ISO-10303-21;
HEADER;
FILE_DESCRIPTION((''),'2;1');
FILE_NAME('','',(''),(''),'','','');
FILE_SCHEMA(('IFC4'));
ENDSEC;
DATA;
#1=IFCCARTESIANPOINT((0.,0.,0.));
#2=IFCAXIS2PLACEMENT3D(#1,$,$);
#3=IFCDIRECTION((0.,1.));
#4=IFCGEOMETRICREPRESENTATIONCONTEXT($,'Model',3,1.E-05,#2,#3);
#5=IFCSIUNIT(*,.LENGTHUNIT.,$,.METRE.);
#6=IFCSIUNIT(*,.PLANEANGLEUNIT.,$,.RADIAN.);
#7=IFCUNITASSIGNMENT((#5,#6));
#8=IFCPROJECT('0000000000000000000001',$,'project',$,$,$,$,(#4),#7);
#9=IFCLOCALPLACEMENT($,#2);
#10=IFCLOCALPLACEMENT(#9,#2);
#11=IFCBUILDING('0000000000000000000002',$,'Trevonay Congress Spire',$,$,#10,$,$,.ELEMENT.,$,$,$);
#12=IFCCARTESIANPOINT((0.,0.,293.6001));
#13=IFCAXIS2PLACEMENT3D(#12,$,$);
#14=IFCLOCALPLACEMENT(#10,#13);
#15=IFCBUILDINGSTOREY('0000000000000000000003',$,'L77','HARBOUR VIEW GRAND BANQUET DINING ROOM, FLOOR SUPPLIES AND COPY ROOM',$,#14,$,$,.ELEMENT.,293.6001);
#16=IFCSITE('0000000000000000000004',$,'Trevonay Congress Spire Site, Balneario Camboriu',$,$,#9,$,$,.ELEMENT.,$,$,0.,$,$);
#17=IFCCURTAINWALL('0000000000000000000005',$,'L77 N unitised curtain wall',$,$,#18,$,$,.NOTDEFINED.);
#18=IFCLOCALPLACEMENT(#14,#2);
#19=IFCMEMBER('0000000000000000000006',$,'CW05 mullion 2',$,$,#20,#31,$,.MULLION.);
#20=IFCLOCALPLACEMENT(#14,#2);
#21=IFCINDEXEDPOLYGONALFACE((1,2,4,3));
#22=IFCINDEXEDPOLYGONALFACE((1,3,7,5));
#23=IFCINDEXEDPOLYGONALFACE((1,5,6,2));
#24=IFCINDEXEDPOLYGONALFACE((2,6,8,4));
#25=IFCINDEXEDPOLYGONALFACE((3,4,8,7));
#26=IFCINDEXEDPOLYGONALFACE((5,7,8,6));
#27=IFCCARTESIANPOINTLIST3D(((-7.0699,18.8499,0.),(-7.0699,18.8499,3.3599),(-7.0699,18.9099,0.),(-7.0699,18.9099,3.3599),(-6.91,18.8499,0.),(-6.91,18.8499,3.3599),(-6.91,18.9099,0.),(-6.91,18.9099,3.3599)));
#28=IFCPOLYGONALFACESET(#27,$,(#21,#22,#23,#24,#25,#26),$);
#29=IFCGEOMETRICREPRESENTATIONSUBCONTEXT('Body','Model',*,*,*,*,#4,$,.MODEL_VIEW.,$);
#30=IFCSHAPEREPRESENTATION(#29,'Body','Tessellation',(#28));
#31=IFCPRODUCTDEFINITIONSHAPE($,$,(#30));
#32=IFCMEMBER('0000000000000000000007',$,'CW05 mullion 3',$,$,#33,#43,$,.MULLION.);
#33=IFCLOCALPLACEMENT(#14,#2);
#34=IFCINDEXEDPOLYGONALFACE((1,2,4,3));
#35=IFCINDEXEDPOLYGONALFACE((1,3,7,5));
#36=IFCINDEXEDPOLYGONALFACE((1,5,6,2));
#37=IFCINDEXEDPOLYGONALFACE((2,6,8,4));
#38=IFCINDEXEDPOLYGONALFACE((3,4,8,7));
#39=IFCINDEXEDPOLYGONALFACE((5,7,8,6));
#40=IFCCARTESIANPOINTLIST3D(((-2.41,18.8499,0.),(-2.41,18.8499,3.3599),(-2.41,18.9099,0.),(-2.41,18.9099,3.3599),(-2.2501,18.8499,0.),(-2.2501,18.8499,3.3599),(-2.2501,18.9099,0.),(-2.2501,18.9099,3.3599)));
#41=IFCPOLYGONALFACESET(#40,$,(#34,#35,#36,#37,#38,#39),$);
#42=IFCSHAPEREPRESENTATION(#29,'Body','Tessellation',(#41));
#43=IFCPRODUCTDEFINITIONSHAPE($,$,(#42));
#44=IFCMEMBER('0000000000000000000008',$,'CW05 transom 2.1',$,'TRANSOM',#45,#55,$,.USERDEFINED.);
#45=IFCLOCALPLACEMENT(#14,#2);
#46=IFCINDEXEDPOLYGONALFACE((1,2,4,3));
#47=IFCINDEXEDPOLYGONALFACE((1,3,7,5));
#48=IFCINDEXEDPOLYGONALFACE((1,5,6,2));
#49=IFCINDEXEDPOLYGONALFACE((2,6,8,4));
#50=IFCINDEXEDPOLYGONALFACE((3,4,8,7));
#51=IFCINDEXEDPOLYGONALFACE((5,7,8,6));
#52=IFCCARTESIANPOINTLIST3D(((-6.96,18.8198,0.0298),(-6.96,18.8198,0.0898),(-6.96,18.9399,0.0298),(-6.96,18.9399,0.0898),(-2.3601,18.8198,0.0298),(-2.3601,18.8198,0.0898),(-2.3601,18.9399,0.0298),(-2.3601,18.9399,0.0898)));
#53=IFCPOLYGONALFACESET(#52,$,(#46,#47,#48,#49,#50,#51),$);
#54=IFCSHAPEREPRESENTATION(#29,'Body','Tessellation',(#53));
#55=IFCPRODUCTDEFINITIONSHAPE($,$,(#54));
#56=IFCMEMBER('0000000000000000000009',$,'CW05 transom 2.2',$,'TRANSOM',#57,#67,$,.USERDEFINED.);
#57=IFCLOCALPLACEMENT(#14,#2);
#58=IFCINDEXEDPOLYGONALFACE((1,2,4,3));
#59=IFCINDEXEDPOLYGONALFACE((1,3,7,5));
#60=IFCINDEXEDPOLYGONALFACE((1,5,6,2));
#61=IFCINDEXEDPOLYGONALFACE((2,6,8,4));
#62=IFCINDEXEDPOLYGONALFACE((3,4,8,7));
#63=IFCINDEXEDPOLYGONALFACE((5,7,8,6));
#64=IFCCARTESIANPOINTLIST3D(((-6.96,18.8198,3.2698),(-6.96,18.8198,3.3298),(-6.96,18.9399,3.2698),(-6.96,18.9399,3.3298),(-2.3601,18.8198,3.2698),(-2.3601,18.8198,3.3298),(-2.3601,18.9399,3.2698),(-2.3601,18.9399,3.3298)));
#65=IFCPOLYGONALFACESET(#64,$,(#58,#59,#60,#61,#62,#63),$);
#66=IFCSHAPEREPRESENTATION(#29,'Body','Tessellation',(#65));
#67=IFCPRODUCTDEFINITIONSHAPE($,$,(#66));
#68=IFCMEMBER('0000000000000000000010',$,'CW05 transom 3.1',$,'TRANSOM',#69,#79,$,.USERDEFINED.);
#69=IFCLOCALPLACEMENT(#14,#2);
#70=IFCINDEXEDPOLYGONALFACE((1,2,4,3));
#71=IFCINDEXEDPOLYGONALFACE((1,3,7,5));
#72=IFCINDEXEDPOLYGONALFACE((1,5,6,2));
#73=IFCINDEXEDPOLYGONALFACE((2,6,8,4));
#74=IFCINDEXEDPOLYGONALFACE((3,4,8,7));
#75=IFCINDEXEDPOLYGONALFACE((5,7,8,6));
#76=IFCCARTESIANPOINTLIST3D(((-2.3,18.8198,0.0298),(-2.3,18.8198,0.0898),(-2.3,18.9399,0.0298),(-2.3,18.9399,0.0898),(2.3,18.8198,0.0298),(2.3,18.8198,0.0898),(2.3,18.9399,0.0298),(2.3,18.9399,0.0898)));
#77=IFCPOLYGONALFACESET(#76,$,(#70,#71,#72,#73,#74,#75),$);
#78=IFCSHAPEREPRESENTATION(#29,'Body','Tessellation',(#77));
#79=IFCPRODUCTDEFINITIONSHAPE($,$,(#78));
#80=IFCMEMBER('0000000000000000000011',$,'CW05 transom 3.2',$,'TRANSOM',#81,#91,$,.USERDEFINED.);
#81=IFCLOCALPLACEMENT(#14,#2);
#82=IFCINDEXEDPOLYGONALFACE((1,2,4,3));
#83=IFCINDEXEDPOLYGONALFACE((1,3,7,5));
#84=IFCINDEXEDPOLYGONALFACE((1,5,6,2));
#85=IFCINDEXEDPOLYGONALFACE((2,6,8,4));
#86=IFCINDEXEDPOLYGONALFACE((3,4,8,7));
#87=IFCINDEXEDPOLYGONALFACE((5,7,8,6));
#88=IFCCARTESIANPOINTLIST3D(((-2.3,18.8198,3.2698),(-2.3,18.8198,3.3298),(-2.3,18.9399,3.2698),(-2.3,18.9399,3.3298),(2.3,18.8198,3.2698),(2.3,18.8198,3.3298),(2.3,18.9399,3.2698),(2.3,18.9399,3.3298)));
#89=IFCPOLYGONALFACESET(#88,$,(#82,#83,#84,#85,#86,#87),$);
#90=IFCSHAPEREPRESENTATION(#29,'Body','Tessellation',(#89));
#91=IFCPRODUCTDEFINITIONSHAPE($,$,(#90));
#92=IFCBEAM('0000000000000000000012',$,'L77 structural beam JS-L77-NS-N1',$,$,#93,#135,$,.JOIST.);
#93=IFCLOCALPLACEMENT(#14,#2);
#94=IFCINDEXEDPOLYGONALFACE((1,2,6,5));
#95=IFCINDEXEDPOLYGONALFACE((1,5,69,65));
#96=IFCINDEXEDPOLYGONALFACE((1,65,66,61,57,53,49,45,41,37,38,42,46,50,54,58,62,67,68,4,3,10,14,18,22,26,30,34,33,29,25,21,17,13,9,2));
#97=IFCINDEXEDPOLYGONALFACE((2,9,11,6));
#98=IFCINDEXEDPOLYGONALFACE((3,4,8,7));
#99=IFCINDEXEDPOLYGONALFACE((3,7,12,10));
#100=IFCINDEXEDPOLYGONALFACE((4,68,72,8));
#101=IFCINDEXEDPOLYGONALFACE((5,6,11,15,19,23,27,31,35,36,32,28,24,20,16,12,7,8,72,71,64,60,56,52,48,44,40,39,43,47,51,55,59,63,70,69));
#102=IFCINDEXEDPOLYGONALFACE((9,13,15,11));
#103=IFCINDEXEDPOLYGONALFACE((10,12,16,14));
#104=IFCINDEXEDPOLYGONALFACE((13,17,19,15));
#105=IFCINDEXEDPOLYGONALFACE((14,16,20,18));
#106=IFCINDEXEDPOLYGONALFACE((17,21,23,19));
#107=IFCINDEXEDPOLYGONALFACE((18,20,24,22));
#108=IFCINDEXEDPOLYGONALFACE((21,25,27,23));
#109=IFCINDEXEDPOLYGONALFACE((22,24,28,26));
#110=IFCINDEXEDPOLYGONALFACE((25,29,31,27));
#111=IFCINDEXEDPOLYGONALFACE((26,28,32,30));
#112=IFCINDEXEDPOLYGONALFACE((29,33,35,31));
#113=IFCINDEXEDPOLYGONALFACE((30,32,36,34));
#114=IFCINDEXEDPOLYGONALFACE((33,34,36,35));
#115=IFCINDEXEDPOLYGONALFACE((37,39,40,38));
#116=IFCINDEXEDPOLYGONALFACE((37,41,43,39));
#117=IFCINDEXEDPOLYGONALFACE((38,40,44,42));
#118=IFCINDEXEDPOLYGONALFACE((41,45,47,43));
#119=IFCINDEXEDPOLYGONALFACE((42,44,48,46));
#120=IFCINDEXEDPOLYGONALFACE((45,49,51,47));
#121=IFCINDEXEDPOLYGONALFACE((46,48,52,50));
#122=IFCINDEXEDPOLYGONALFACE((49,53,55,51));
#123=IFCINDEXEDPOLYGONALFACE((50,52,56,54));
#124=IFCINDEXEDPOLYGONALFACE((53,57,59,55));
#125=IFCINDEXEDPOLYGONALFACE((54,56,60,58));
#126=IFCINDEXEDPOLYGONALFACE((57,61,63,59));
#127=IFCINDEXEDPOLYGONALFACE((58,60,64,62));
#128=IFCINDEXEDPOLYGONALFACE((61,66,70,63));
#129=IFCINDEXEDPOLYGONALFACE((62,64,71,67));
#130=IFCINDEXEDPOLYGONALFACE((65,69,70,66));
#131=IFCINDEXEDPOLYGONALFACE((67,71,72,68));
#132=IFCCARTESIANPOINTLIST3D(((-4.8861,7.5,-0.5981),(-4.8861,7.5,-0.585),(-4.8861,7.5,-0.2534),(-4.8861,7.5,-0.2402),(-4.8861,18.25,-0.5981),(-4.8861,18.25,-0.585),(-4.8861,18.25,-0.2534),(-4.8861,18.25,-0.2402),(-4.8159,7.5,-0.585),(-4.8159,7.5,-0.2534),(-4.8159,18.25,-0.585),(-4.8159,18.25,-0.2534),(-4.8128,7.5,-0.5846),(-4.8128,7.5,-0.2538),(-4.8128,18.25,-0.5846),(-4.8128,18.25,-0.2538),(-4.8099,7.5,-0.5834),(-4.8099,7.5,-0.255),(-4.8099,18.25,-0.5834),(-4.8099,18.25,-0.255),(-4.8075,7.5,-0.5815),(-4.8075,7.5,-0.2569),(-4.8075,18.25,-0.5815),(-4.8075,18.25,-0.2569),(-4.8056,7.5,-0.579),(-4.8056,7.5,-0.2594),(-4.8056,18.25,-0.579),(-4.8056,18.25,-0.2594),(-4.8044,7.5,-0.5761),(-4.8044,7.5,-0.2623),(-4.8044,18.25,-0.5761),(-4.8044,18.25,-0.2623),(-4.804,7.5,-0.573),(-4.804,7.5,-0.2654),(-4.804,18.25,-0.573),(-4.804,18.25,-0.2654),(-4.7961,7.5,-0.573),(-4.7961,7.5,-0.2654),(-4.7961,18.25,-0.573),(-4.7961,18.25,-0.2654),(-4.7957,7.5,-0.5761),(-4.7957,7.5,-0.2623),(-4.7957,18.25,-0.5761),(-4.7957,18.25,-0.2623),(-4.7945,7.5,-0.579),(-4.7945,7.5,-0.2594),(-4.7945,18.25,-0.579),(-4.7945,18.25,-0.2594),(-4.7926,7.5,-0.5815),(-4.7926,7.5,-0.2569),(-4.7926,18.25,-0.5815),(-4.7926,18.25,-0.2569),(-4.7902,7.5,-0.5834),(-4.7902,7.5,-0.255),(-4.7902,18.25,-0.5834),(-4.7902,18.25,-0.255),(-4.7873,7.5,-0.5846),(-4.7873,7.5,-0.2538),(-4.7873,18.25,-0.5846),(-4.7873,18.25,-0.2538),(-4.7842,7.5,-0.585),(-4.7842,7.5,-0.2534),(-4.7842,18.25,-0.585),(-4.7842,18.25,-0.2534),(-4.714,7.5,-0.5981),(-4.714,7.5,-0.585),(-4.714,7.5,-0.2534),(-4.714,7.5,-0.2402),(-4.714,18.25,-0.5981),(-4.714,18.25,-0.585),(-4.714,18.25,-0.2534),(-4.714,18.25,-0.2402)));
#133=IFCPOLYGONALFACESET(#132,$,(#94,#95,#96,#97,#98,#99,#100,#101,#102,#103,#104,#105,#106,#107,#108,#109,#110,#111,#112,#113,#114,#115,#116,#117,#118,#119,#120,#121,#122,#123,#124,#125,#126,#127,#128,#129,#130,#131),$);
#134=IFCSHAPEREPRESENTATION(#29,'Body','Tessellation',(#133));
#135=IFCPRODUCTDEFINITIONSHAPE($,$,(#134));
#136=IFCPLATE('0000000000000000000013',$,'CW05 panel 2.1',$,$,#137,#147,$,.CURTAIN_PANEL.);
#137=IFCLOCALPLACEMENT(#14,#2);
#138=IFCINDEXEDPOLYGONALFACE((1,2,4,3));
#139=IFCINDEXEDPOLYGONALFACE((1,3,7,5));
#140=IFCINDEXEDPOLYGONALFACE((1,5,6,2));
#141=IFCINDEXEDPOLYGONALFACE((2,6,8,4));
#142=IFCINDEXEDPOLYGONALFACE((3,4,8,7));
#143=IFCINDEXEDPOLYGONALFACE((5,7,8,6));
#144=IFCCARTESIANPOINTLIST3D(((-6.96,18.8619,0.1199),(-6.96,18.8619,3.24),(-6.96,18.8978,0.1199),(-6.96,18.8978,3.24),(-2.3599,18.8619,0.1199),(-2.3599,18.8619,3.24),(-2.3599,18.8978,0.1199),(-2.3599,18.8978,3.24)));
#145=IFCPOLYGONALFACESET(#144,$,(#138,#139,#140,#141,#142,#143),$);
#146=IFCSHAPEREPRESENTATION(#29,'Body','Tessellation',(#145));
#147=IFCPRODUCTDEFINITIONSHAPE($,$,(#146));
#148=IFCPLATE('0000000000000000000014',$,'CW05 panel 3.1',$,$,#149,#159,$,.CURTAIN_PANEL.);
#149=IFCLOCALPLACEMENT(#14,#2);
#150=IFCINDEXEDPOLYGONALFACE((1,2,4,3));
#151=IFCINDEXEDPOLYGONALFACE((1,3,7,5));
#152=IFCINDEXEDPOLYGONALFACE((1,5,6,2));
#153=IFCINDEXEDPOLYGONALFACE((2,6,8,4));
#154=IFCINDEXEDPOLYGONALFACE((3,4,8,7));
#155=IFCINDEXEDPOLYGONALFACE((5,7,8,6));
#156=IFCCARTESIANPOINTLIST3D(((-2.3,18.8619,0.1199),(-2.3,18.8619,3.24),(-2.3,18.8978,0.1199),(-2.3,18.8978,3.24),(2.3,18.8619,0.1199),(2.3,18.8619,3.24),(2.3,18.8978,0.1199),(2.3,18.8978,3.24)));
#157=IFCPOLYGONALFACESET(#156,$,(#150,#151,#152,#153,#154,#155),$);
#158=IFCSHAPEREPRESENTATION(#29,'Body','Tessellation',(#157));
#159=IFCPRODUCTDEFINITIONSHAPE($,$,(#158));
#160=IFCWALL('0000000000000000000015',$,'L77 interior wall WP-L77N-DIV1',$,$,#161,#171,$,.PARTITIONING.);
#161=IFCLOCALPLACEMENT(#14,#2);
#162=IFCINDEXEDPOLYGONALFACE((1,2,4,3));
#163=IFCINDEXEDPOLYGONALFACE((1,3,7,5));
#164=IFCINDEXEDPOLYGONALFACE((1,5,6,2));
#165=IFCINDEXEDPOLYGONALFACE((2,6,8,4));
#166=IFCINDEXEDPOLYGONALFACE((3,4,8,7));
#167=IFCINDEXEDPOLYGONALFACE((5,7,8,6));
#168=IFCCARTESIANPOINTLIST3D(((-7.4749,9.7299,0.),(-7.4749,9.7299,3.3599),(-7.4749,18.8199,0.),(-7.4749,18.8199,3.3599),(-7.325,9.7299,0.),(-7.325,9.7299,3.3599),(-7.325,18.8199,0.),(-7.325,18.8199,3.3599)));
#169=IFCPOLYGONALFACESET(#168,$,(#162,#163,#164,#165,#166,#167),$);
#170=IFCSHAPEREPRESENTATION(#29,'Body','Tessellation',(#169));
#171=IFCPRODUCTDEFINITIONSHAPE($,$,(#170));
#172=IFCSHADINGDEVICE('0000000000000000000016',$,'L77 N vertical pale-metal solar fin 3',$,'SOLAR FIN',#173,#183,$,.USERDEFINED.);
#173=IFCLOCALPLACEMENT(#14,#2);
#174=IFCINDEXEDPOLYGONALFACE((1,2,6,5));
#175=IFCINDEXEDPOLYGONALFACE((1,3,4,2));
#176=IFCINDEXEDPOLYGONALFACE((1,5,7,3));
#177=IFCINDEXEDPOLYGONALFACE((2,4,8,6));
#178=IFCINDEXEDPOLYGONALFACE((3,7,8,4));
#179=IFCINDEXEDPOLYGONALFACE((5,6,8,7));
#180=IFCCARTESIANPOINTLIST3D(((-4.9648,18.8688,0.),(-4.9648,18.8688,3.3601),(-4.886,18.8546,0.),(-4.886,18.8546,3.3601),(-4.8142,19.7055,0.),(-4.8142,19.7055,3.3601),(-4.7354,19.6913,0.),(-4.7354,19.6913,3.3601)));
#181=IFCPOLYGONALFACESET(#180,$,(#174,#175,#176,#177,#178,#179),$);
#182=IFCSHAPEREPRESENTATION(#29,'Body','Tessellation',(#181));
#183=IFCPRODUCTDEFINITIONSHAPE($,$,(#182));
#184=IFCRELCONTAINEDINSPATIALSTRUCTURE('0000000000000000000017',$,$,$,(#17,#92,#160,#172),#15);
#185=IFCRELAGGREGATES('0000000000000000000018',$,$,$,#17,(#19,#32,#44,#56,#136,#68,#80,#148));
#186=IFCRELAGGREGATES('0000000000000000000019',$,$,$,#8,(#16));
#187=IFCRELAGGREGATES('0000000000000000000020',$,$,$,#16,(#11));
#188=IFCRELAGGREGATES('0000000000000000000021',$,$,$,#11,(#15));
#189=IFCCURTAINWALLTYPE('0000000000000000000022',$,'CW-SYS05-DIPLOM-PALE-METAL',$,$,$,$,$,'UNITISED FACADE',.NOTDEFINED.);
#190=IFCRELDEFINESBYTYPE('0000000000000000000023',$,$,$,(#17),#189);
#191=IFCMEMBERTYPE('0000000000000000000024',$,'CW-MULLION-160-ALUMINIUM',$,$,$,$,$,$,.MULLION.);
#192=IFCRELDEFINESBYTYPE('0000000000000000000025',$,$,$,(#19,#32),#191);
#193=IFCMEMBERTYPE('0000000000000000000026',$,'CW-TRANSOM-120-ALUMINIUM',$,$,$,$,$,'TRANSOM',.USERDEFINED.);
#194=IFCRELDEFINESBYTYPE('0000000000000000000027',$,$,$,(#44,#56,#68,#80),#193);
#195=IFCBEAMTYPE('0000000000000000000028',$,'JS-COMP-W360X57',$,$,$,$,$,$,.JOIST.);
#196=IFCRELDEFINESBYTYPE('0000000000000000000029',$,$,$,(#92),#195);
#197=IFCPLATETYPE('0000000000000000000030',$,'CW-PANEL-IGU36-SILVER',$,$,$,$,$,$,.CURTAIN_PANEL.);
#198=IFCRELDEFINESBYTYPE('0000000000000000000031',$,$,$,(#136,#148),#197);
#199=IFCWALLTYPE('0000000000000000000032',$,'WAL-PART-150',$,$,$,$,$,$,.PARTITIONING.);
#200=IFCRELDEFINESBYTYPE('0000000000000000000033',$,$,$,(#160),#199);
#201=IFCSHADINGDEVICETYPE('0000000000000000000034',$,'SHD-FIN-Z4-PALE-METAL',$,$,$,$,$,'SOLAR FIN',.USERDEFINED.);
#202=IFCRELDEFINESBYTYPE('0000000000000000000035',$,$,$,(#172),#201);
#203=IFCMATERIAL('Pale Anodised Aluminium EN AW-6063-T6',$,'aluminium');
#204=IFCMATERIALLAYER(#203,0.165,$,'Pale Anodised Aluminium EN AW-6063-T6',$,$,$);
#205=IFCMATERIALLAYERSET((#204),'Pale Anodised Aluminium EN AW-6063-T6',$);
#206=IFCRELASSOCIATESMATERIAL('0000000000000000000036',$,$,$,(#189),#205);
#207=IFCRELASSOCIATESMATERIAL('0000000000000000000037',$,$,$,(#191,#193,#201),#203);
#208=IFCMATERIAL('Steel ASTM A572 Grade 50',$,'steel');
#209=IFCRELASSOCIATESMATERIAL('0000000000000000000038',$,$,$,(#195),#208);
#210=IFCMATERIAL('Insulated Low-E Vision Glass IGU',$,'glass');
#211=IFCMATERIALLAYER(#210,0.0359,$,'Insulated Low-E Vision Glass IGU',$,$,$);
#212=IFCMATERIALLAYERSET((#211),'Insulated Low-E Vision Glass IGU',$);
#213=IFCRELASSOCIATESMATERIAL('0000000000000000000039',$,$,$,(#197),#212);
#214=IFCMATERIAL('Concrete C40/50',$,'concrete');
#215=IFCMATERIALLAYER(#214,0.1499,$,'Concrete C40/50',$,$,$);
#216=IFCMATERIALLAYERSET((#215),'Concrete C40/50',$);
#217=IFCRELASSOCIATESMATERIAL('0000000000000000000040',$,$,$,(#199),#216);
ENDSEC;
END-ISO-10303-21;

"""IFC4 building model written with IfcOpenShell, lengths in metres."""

from ifc_helpers import new_model, si_unit, direction, frame, frame_2d, origin, origin_2d, place, context, subcontext, project, spatial, rectangle, i_section, extrude, material, layer, layer_set, material_profile, profile_set, type_object, element, aggregate, save


model = new_model("IFC4")

# Units and contexts
model_context = context("Model", 3, precision=1e-05, world=origin(), true_north=direction((0.0, 1.0)))
body_context = subcontext(model_context, "Body", "Model", "MODEL_VIEW")
ifc_project = project(units=[si_unit("LENGTHUNIT", "METRE"), si_unit("PLANEANGLEUNIT", "RADIAN")], contexts=[model_context])

# Site, building, storey
site_placement = place(None, origin())
site = spatial("IfcSite", under=ifc_project, at=site_placement, Name="Trevonay Congress Spire Site, Balneario Camboriu", CompositionType="ELEMENT", RefElevation=0.0)
building_placement = place(site_placement, origin())
building = spatial("IfcBuilding", under=site, at=building_placement, Name="Trevonay Congress Spire", CompositionType="ELEMENT")
storey_placement = place(building_placement, frame((0.0, 0.0, 293.6001)))
storey = spatial("IfcBuildingStorey", under=building, at=storey_placement, Name="L77", Description="HARBOUR VIEW GRAND BANQUET DINING ROOM, FLOOR SUPPLIES AND COPY ROOM", CompositionType="ELEMENT", Elevation=293.6001)

# Shared definitions
ifc_material_1 = material(Name="Steel ASTM A572 Grade 50", Category="steel")

# Curtain wall, members
ifc_material_2 = material(Name="Pale Anodised Aluminium EN AW-6063-T6", Category="aluminium")
ifc_layer_1 = layer(ifc_material_2, 0.165, Name="Pale Anodised Aluminium EN AW-6063-T6")
ifc_layer_set_1 = layer_set([ifc_layer_1], Name="Pale Anodised Aluminium EN AW-6063-T6")
curtain_wall_type = type_object("IfcCurtainWallType", Name="CW-SYS05-DIPLOM-PALE-METAL", ElementType="UNITISED FACADE", PredefinedType="NOTDEFINED", material=ifc_layer_set_1)
curtain_wall_placement = place(storey_placement, origin())
curtain_wall = element("IfcCurtainWall", 1, at=curtain_wall_placement, inside=storey, type_object=curtain_wall_type, Name="L77 N unitised curtain wall", PredefinedType="NOTDEFINED")
ifc_material_profile_1 = material_profile(ifc_material_2, rectangle(XDim=0.0601, YDim=0.1599, at=origin_2d()), Name="CW-MULLION-160-ALUMINIUM")
ifc_profile_set_1 = profile_set([ifc_material_profile_1], Name="Pale Anodised Aluminium EN AW-6063-T6")
member_type_1 = type_object("IfcMemberType", Name="CW-MULLION-160-ALUMINIUM", PredefinedType="MULLION", material=ifc_profile_set_1)
member_1_placement = place(storey_placement, frame((-6.99, 18.8799, 0.0), z_axis=(0.0, 0.0, 1.0), x_axis=(0.0, 1.0, 0.0)))
member_1 = element("IfcMember", 2, at=member_1_placement, type_object=member_type_1, Name="CW05 mullion 2", PredefinedType="MULLION", context=body_context, shape_type="SweptSolid", body=[
    extrude(rectangle(XDim=0.0601, YDim=0.1599, at=origin_2d()), origin(), (0.0, 0.0, 1.0), 3.3599),
])
member_2_placement = place(storey_placement, frame((-2.3301, 18.8799, 0.0), z_axis=(0.0, 0.0, 1.0), x_axis=(0.0, 1.0, 0.0)))
member_2 = element("IfcMember", 3, at=member_2_placement, type_object=member_type_1, Name="CW05 mullion 3", PredefinedType="MULLION", context=body_context, shape_type="SweptSolid", body=[
    extrude(rectangle(XDim=0.0601, YDim=0.1599, at=origin_2d()), origin(), (0.0, 0.0, 1.0), 3.3599),
])
ifc_material_profile_2 = material_profile(ifc_material_2, rectangle(XDim=0.1201, YDim=0.0601, at=origin_2d()), Name="CW-TRANSOM-120-ALUMINIUM")
ifc_profile_set_2 = profile_set([ifc_material_profile_2], Name="Pale Anodised Aluminium EN AW-6063-T6")
member_type_2 = type_object("IfcMemberType", Name="CW-TRANSOM-120-ALUMINIUM", ElementType="TRANSOM", PredefinedType="USERDEFINED", material=ifc_profile_set_2)
member_3_placement = place(storey_placement, frame((-6.96, 18.8799, 0.0598), z_axis=(1.0, 0.0, 0.0), x_axis=(0.0, 1.0, 0.0)))
member_3 = element("IfcMember", 4, at=member_3_placement, type_object=member_type_2, Name="CW05 transom 2.1", ObjectType="TRANSOM", PredefinedType="USERDEFINED", context=body_context, shape_type="SweptSolid", body=[
    extrude(rectangle(XDim=0.1201, YDim=0.0601, at=origin_2d()), origin(), (0.0, 0.0, 1.0), 4.5999),
])
member_4_placement = place(storey_placement, frame((-6.96, 18.8799, 3.2998), z_axis=(1.0, 0.0, 0.0), x_axis=(0.0, 1.0, 0.0)))
member_4 = element("IfcMember", 5, at=member_4_placement, type_object=member_type_2, Name="CW05 transom 2.2", ObjectType="TRANSOM", PredefinedType="USERDEFINED", context=body_context, shape_type="SweptSolid", body=[
    extrude(rectangle(XDim=0.1201, YDim=0.0601, at=origin_2d()), origin(), (0.0, 0.0, 1.0), 4.5999),
])
member_5_placement = place(storey_placement, frame((-2.3, 18.8799, 0.0598), z_axis=(1.0, 0.0, 0.0), x_axis=(0.0, 1.0, 0.0)))
member_5 = element("IfcMember", 6, at=member_5_placement, type_object=member_type_2, Name="CW05 transom 3.1", ObjectType="TRANSOM", PredefinedType="USERDEFINED", context=body_context, shape_type="SweptSolid", body=[
    extrude(rectangle(XDim=0.1201, YDim=0.0601, at=origin_2d()), origin(), (0.0, 0.0, 1.0), 4.6001),
])
member_6_placement = place(storey_placement, frame((-2.3, 18.8799, 3.2998), z_axis=(1.0, 0.0, 0.0), x_axis=(0.0, 1.0, 0.0)))
member_6 = element("IfcMember", 7, at=member_6_placement, type_object=member_type_2, Name="CW05 transom 3.2", ObjectType="TRANSOM", PredefinedType="USERDEFINED", context=body_context, shape_type="SweptSolid", body=[
    extrude(rectangle(XDim=0.1201, YDim=0.0601, at=origin_2d()), origin(), (0.0, 0.0, 1.0), 4.6001),
])

# Beam
ifc_material_profile_3 = material_profile(ifc_material_1, i_section(OverallWidth=0.1721, OverallDepth=0.3579, WebThickness=0.0078, FlangeThickness=0.0132, FilletRadius=0.012, at=origin_2d()), Name="W360x57.8")
ifc_profile_set_3 = profile_set([ifc_material_profile_3], Name="Steel ASTM A572 Grade 50")
beam_type_1 = type_object("IfcBeamType", Name="JS-COMP-W360X57", PredefinedType="JOIST", material=ifc_profile_set_3)
beam_1_placement = place(storey_placement, frame((-4.8, 7.5, -0.4192), z_axis=(0.0, 1.0, 0.0), x_axis=(-1.0, 0.0, 0.0)))
element("IfcBeam", 8, at=beam_1_placement, inside=storey, type_object=beam_type_1, Name="L77 structural beam JS-L77-NS-N1", PredefinedType="JOIST", context=body_context, shape_type="SweptSolid", body=[
    extrude(i_section(OverallWidth=0.1721, OverallDepth=0.3579, WebThickness=0.0078, FlangeThickness=0.0132, FilletRadius=0.012, at=origin_2d()), origin(), (0.0, 0.0, 1.0), 10.75),
])

# Plates
ifc_material_3 = material(Name="Insulated Low-E Vision Glass IGU", Category="glass")
ifc_layer_2 = layer(ifc_material_3, 0.0359, Name="Insulated Low-E Vision Glass IGU")
ifc_layer_set_2 = layer_set([ifc_layer_2], Name="Insulated Low-E Vision Glass IGU")
plate_type = type_object("IfcPlateType", Name="CW-PANEL-IGU36-SILVER", PredefinedType="CURTAIN_PANEL", material=ifc_layer_set_2)
plate_1_placement = place(storey_placement, frame((-4.6599, 18.8799, 0.1199), z_axis=(0.0, 0.0, 1.0), x_axis=(1.0, 0.0, 0.0)))
plate_1 = element("IfcPlate", 9, at=plate_1_placement, type_object=plate_type, Name="CW05 panel 2.1", PredefinedType="CURTAIN_PANEL", context=body_context, shape_type="SweptSolid", body=[
    extrude(rectangle(XDim=4.6001, YDim=0.0359, at=origin_2d()), origin(), (0.0, 0.0, 1.0), 3.1201),
])
plate_2_placement = place(storey_placement, frame((0.0, 18.8799, 0.1199), z_axis=(0.0, 0.0, 1.0), x_axis=(1.0, 0.0, 0.0)))
plate_2 = element("IfcPlate", 10, at=plate_2_placement, type_object=plate_type, Name="CW05 panel 3.1", PredefinedType="CURTAIN_PANEL", context=body_context, shape_type="SweptSolid", body=[
    extrude(rectangle(XDim=4.6001, YDim=0.0359, at=origin_2d()), origin(), (0.0, 0.0, 1.0), 3.1201),
])
aggregate(curtain_wall, [member_1, member_2, member_3, member_4, plate_1, member_5, member_6, plate_2])

# Wall
ifc_material_4 = material(Name="Concrete C40/50", Category="concrete")
ifc_layer_3 = layer(ifc_material_4, 0.1499, Name="Concrete C40/50")
ifc_layer_set_3 = layer_set([ifc_layer_3], Name="Concrete C40/50")
wall_type = type_object("IfcWallType", Name="WAL-PART-150", PredefinedType="PARTITIONING", material=ifc_layer_set_3)
wall_placement = place(storey_placement, frame((-7.3999, 9.73, 0.0), z_axis=(0.0, 0.0, 1.0), x_axis=(0.0, 1.0, 0.0)))
element("IfcWall", 11, at=wall_placement, inside=storey, type_object=wall_type, Name="L77 interior wall WP-L77N-DIV1", PredefinedType="PARTITIONING", context=body_context, shape_type="SweptSolid", body=[
    extrude(rectangle(XDim=9.0901, YDim=0.1499, at=frame_2d((4.5449, 0.0))), origin(), (0.0, 0.0, 1.0), 3.3599),
])

# Shading device
shading_device_type = type_object("IfcShadingDeviceType", Name="SHD-FIN-Z4-PALE-METAL", ElementType="SOLAR FIN", PredefinedType="USERDEFINED", material=ifc_material_2)
for number, where, z_axis, x_axis, name in (
    (12, (-4.8501, 19.28, 0.0), (0.0, 0.0, 1.0), (0.984196, -0.177085, 0.0), "L77 N vertical pale-metal solar fin 3"),
):
    element("IfcShadingDevice", number, at=place(storey_placement, frame(where, z_axis=z_axis, x_axis=x_axis)), inside=storey, type_object=shading_device_type, Name=name, ObjectType="SOLAR FIN", PredefinedType="USERDEFINED", context=body_context, shape_type="SweptSolid", body=[
        extrude(rectangle(XDim=0.0801, YDim=0.8501, at=origin_2d()), origin(), (0.0, 0.0, 1.0), 3.3601),
    ])

save(model, "model.ifc")
